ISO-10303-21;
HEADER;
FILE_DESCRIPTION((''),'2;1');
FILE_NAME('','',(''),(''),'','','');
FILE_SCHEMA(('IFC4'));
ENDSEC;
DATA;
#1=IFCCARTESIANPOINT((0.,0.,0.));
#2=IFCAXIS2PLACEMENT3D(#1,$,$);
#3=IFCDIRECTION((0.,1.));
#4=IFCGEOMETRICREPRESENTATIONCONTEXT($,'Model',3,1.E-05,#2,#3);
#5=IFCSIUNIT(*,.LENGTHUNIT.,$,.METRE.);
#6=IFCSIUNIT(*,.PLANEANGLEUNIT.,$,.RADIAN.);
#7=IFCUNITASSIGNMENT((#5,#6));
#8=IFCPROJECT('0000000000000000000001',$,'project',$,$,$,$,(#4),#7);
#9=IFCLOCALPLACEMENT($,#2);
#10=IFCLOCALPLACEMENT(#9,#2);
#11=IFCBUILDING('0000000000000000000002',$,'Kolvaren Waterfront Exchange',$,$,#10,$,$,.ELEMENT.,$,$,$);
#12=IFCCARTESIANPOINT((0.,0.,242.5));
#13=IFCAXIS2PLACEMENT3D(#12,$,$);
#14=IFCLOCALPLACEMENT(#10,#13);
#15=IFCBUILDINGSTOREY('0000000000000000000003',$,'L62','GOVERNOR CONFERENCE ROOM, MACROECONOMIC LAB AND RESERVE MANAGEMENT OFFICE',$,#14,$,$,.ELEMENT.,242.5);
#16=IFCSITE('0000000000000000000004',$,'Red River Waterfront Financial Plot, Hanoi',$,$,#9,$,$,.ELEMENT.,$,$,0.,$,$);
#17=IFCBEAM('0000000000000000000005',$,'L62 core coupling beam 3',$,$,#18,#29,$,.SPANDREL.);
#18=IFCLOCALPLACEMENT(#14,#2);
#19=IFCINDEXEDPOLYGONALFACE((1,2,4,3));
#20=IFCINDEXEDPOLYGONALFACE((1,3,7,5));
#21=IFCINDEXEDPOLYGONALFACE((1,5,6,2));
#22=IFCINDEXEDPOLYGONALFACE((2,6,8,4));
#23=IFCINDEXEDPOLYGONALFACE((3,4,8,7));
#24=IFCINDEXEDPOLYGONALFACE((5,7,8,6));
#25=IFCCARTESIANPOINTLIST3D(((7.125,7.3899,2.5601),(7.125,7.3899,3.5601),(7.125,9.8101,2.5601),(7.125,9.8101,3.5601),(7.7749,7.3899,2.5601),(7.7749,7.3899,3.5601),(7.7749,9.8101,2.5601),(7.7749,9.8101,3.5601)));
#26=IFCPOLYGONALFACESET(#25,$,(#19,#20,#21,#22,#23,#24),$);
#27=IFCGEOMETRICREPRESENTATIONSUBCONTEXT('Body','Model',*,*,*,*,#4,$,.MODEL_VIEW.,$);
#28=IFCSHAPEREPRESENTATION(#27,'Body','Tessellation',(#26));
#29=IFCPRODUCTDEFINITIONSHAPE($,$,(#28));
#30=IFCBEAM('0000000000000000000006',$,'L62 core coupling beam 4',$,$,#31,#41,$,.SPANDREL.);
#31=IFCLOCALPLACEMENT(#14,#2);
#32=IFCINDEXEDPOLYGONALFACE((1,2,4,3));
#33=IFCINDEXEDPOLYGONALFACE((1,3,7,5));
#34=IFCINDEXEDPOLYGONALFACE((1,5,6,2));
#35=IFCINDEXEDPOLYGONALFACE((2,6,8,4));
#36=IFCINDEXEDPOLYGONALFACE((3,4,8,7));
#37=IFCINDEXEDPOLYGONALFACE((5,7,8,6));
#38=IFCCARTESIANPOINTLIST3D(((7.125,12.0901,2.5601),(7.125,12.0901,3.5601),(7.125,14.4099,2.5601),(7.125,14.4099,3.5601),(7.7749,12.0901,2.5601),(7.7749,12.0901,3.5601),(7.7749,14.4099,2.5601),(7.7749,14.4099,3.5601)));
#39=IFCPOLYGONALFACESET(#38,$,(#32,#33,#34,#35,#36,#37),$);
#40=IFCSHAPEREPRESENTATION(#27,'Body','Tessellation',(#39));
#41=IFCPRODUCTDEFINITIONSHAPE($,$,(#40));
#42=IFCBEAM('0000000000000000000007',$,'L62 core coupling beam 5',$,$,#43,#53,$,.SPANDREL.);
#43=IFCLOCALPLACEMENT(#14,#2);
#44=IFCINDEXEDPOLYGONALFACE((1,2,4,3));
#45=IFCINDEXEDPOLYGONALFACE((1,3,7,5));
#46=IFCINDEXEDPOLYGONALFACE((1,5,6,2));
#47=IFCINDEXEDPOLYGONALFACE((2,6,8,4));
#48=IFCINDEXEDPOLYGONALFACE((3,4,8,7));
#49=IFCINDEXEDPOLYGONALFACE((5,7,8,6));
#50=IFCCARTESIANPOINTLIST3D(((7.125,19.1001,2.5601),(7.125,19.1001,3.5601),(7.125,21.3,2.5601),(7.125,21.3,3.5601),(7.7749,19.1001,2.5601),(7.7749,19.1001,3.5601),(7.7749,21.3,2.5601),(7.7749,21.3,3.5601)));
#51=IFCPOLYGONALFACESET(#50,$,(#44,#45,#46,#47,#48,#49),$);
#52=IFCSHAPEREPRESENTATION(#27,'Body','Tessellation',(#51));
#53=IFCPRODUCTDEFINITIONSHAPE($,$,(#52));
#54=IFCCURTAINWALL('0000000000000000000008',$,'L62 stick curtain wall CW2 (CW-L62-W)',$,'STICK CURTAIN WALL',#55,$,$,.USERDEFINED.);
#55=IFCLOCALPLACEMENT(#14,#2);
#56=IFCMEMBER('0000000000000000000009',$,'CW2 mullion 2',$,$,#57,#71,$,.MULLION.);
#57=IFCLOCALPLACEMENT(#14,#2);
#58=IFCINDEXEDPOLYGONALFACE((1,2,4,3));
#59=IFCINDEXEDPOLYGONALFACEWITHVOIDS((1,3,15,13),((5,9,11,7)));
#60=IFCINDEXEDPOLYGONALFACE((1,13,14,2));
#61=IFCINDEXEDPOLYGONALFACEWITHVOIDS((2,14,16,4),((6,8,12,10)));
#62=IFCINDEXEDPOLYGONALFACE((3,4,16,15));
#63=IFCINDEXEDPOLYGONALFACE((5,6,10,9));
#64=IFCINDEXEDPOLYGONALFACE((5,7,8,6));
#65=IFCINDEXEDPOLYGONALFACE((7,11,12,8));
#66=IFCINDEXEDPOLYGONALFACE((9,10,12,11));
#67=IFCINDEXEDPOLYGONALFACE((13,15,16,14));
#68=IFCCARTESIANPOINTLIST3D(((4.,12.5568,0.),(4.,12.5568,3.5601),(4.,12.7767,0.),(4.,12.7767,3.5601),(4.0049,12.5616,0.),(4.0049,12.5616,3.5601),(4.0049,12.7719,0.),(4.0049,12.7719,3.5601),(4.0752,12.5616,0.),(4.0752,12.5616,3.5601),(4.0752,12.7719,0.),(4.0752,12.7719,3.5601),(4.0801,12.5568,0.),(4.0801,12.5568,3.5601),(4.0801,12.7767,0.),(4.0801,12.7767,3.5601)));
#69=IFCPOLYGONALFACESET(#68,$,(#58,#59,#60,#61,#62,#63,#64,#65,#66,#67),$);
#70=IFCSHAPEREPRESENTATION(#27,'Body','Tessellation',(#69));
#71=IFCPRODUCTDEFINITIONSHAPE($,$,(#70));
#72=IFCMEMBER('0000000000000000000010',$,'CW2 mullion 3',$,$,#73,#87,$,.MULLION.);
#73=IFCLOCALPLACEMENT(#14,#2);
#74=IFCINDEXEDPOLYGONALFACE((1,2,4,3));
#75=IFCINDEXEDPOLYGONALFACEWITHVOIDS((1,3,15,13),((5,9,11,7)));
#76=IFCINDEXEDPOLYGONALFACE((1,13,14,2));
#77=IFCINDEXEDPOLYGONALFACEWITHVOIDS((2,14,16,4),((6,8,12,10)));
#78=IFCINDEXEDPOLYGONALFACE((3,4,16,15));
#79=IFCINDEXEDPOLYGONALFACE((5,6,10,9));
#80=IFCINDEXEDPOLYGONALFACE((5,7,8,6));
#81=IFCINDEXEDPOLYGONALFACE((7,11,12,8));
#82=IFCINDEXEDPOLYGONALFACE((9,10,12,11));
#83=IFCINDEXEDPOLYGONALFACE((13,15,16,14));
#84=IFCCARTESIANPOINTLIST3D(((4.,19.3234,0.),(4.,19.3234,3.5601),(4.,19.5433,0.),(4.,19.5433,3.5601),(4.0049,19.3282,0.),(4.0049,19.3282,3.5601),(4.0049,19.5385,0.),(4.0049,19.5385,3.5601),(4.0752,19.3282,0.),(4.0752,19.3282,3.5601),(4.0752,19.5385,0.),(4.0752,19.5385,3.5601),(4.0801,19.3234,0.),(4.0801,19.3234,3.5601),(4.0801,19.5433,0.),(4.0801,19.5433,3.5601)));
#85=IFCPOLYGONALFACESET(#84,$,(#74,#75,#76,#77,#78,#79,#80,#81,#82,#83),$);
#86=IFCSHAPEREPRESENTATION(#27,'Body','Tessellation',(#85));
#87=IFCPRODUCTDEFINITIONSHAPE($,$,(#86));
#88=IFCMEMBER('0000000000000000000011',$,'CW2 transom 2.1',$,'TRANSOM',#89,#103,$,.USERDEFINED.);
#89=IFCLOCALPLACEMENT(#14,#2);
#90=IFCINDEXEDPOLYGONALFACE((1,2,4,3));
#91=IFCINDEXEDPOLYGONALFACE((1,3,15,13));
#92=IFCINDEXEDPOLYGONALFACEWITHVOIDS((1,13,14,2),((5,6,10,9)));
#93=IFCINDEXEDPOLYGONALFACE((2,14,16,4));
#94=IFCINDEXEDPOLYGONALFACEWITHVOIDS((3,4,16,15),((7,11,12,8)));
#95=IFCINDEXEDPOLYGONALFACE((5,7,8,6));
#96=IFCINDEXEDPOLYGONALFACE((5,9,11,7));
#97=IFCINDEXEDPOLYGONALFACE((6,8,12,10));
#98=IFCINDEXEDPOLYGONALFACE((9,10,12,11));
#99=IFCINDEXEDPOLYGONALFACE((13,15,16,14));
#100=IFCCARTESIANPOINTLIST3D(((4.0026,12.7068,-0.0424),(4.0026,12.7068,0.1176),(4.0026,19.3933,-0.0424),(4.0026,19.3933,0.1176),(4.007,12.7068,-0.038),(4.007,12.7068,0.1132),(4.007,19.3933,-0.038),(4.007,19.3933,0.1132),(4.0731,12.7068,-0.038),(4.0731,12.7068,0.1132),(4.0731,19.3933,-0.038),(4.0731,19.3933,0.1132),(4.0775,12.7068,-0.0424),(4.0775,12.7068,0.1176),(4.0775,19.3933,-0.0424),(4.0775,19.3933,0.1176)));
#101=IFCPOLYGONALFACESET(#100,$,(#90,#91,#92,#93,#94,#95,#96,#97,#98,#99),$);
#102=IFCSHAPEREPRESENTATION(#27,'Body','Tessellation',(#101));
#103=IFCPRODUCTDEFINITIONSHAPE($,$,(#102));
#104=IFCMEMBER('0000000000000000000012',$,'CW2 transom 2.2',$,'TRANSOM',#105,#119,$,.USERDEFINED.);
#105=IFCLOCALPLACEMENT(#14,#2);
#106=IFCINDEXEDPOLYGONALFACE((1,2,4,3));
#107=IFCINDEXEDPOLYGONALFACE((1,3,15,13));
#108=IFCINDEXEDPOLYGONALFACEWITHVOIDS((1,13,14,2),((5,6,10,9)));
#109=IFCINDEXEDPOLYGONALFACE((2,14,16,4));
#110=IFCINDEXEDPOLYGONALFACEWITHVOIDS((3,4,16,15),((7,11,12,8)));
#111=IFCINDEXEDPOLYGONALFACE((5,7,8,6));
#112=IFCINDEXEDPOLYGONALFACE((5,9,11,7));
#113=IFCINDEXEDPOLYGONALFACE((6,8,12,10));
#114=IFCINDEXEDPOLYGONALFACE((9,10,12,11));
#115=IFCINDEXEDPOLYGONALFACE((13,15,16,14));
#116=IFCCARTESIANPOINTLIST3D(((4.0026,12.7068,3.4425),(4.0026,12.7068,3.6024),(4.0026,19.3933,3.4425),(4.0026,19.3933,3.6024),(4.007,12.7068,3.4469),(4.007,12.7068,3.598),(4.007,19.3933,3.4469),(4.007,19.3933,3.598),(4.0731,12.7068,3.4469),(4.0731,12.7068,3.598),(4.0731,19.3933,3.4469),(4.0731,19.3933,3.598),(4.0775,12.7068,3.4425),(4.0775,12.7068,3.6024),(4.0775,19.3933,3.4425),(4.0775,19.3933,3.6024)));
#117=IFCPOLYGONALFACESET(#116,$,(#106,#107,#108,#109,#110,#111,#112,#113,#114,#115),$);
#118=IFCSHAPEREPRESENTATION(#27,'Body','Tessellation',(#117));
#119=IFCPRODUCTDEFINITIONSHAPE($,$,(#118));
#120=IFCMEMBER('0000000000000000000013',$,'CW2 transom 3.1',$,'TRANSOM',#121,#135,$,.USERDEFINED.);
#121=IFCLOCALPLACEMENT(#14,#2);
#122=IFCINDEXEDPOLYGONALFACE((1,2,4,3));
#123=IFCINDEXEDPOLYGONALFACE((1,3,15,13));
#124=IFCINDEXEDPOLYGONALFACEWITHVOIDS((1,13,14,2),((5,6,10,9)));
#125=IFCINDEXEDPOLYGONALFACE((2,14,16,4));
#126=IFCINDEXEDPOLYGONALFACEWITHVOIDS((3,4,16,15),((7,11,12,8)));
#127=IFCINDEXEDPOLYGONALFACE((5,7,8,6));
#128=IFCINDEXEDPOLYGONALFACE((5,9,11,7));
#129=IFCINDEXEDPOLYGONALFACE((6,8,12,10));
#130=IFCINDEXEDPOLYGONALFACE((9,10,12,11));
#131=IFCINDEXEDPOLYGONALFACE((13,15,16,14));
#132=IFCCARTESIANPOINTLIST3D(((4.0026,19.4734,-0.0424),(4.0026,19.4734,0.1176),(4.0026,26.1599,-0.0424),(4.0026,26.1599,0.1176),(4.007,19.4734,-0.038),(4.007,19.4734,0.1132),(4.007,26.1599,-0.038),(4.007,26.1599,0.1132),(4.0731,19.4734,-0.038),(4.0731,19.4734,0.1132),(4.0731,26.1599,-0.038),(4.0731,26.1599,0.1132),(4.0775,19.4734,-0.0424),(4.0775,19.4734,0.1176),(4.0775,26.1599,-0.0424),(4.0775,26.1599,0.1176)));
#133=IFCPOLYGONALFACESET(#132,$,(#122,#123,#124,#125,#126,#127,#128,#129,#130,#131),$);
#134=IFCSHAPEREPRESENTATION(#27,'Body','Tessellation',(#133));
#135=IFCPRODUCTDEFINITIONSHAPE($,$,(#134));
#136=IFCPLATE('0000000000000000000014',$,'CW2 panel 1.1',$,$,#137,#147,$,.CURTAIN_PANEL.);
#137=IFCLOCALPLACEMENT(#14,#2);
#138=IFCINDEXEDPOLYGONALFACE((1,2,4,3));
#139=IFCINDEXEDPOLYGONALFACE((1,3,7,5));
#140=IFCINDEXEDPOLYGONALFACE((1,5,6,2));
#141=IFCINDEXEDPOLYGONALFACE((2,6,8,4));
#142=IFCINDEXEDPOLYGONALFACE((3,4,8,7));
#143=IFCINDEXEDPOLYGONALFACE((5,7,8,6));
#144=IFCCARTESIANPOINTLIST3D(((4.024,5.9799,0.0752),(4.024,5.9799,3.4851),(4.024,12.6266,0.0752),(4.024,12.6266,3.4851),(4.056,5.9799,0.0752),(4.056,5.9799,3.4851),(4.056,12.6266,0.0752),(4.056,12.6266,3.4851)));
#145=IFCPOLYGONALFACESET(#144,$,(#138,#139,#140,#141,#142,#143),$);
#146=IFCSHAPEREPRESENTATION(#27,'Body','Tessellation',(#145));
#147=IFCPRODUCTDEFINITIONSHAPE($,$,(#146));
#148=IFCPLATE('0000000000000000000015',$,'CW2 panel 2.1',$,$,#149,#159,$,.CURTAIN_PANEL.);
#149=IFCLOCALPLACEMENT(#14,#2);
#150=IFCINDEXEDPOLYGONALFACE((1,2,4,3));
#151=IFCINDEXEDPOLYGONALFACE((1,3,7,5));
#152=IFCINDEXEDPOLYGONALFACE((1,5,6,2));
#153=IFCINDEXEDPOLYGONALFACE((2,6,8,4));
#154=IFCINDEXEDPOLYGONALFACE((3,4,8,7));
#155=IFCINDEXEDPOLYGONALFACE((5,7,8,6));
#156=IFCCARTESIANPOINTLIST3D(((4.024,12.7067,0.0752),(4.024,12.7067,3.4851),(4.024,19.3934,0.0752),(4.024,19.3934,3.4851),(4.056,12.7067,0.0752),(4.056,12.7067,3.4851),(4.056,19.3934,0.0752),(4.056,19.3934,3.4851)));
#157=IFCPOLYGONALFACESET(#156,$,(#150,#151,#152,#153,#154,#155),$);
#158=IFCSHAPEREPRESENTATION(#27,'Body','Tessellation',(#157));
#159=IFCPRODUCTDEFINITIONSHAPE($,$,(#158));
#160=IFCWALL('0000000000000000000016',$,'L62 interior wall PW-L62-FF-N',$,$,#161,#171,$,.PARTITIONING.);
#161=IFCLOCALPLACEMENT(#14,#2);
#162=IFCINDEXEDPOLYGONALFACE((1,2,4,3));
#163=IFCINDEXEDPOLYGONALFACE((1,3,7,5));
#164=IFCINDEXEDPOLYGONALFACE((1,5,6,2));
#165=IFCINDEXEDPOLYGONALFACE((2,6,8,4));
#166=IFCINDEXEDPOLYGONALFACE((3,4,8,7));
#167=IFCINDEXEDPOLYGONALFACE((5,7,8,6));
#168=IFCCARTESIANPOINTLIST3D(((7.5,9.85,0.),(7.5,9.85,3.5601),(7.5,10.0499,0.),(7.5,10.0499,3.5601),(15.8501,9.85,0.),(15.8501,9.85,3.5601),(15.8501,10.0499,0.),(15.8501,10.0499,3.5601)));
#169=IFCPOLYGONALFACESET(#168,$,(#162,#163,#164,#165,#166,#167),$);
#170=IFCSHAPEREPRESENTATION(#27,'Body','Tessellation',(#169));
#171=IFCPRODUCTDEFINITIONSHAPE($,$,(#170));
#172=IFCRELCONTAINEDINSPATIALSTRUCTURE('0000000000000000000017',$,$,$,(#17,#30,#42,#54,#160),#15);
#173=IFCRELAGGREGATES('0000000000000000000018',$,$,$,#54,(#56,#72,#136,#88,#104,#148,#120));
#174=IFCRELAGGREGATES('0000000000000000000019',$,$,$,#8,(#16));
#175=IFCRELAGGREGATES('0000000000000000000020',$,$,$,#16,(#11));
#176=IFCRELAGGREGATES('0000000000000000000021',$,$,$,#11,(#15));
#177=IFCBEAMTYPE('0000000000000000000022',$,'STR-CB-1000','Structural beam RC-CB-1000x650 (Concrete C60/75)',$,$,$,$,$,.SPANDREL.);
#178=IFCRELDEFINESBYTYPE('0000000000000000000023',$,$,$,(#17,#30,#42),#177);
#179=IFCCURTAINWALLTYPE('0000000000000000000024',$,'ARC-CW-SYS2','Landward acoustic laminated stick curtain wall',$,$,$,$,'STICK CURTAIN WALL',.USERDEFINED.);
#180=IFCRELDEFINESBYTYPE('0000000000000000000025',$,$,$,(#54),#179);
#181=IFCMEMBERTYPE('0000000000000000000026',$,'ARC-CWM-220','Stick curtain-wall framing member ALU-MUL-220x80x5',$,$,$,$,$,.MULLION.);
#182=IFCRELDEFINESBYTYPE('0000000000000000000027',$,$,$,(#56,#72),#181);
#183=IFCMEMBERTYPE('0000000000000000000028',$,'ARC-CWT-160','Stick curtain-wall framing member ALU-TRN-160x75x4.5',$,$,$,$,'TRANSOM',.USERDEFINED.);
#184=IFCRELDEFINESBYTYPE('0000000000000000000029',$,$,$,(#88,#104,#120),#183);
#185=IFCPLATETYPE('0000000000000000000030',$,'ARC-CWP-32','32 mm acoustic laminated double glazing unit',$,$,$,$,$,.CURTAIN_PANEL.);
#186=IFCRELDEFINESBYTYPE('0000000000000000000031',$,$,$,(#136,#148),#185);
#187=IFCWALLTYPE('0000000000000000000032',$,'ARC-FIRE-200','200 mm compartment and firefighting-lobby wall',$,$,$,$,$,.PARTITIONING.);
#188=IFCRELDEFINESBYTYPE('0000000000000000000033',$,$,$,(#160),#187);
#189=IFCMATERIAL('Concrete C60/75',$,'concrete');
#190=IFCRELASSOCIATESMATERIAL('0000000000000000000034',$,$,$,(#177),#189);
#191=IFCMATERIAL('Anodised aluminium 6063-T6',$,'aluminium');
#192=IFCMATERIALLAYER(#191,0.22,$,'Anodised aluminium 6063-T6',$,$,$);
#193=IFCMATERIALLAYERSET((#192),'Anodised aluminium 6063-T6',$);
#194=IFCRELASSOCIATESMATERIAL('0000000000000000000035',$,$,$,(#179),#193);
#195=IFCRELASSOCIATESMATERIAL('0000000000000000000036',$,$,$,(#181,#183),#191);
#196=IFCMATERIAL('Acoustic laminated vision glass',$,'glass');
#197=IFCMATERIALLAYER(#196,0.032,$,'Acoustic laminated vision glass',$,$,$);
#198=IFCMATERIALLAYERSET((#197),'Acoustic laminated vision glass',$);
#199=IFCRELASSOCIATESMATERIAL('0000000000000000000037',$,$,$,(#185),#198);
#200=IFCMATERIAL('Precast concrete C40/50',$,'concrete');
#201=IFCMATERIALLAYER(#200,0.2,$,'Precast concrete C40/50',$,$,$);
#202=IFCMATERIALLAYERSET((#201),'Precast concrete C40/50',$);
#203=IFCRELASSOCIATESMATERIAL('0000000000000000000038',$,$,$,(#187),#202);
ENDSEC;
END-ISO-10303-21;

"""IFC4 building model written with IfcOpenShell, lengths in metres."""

from ifc_helpers import new_model, si_unit, direction, frame, frame_2d, origin, origin_with_axes, origin_2d, place, context, subcontext, project, spatial, rectangle, hollow_rectangle, extrude, source, transform, mapped, material, layer, layer_set, material_profile, profile_set, type_object, element, aggregate, save


model = new_model("IFC4")

# Units and contexts
model_context = context("Model", 3, precision=1e-05, world=origin(), true_north=direction((0.0, 1.0)))
body_context = subcontext(model_context, "Body", "Model", "MODEL_VIEW")
ifc_project = project(units=[si_unit("LENGTHUNIT", "METRE"), si_unit("PLANEANGLEUNIT", "RADIAN")], contexts=[model_context])

# Site, building, storey
site_placement = place(None, origin())
site = spatial("IfcSite", under=ifc_project, at=site_placement, Name="Red River Waterfront Financial Plot, Hanoi", CompositionType="ELEMENT", RefElevation=0.0)
building_placement = place(site_placement, origin())
building = spatial("IfcBuilding", under=site, at=building_placement, Name="Kolvaren Waterfront Exchange", CompositionType="ELEMENT")
storey_placement = place(building_placement, frame((0.0, 0.0, 242.5)))
storey = spatial("IfcBuildingStorey", under=building, at=storey_placement, Name="L62", Description="GOVERNOR CONFERENCE ROOM, MACROECONOMIC LAB AND RESERVE MANAGEMENT OFFICE", CompositionType="ELEMENT", Elevation=242.5)

# Beams
ifc_material_1 = material(Name="Concrete C60/75", Category="concrete")
ifc_material_profile_1 = material_profile(ifc_material_1, rectangle(XDim=0.6499, YDim=1.0, at=origin_2d()), Name="RC-CB-1000x650")
ifc_profile_set_1 = profile_set([ifc_material_profile_1], Name="Concrete C60/75")
beam_type = type_object("IfcBeamType", Name="STR-CB-1000", Description="Structural beam RC-CB-1000x650 (Concrete C60/75)", PredefinedType="SPANDREL", material=ifc_profile_set_1)
beam_1_placement = place(storey_placement, frame((7.45, 7.3899, 3.0601), z_axis=(0.0, 1.0, 0.0), x_axis=(-1.0, 0.0, 0.0)))
element("IfcBeam", 1, at=beam_1_placement, inside=storey, type_object=beam_type, Name="L62 core coupling beam 3", PredefinedType="SPANDREL", context=body_context, shape_type="SweptSolid", body=[
    extrude(rectangle(XDim=0.6499, YDim=1.0, at=origin_2d()), origin(), (0.0, 0.0, 1.0), 2.4202),
])
beam_2_placement = place(storey_placement, frame((7.45, 12.0901, 3.0601), z_axis=(0.0, 1.0, 0.0), x_axis=(-1.0, 0.0, 0.0)))
element("IfcBeam", 2, at=beam_2_placement, inside=storey, type_object=beam_type, Name="L62 core coupling beam 4", PredefinedType="SPANDREL", context=body_context, shape_type="SweptSolid", body=[
    extrude(rectangle(XDim=0.6499, YDim=1.0, at=origin_2d()), origin(), (0.0, 0.0, 1.0), 2.3198),
])
beam_3_placement = place(storey_placement, frame((7.45, 19.1001, 3.0601), z_axis=(0.0, 1.0, 0.0), x_axis=(-1.0, 0.0, 0.0)))
element("IfcBeam", 3, at=beam_3_placement, inside=storey, type_object=beam_type, Name="L62 core coupling beam 5", PredefinedType="SPANDREL", context=body_context, shape_type="SweptSolid", body=[
    extrude(rectangle(XDim=0.6499, YDim=1.0, at=origin_2d()), origin(), (0.0, 0.0, 1.0), 2.2),
])

# Curtain wall, members, plates
ifc_material_2 = material(Name="Anodised aluminium 6063-T6", Category="aluminium")
ifc_layer_1 = layer(ifc_material_2, 0.22, Name="Anodised aluminium 6063-T6")
ifc_layer_set_1 = layer_set([ifc_layer_1], Name="Anodised aluminium 6063-T6")
curtain_wall_type = type_object("IfcCurtainWallType", Name="ARC-CW-SYS2", Description="Landward acoustic laminated stick curtain wall", ElementType="STICK CURTAIN WALL", PredefinedType="USERDEFINED", material=ifc_layer_set_1)
curtain_wall_placement = place(storey_placement, origin())
curtain_wall = element("IfcCurtainWall", 4, at=curtain_wall_placement, inside=storey, type_object=curtain_wall_type, Name="L62 stick curtain wall CW2 (CW-L62-W)", ObjectType="STICK CURTAIN WALL", PredefinedType="USERDEFINED")
ifc_material_profile_2 = material_profile(ifc_material_2, hollow_rectangle(XDim=0.0801, YDim=0.22, WallThickness=0.0049, at=origin_2d()), Name="ALU-MUL-220x80x5")
ifc_profile_set_2 = profile_set([ifc_material_profile_2], Name="Anodised aluminium 6063-T6")
member_type_1 = type_object("IfcMemberType", Name="ARC-CWM-220", Description="Stick curtain-wall framing member ALU-MUL-220x80x5", PredefinedType="MULLION", material=ifc_profile_set_2)
shared_shape_1 = source(origin_with_axes(), body_context, "Body", "SweptSolid", [
    extrude(hollow_rectangle(XDim=0.0801, YDim=0.22, WallThickness=0.0049, at=origin_2d()), origin(), (0.0, 0.0, 1.0), 3.5601),
])
member_1_placement = place(storey_placement, frame((4.04, 12.6667, 0.0), z_axis=(0.0, 0.0, 1.0), x_axis=(-1.0, 0.0, 0.0)))
member_1 = element("IfcMember", 5, at=member_1_placement, type_object=member_type_1, Name="CW2 mullion 2", PredefinedType="MULLION", context=body_context, shape_type="MappedRepresentation", body=[
    mapped(shared_shape_1, transform((0.0, 0.0, 0.0), x_axis=(1.0, 0.0, 0.0), y_axis=(0.0, 1.0, 0.0), z_axis=(0.0, 0.0, 1.0), scale=1.0)),
])
member_2_placement = place(storey_placement, frame((4.04, 19.4333, 0.0), z_axis=(0.0, 0.0, 1.0), x_axis=(-1.0, 0.0, 0.0)))
member_2 = element("IfcMember", 6, at=member_2_placement, type_object=member_type_1, Name="CW2 mullion 3", PredefinedType="MULLION", context=body_context, shape_type="MappedRepresentation", body=[
    mapped(shared_shape_1, transform((0.0, 0.0, 0.0), x_axis=(1.0, 0.0, 0.0), y_axis=(0.0, 1.0, 0.0), z_axis=(0.0, 0.0, 1.0), scale=1.0)),
])
ifc_material_profile_3 = material_profile(ifc_material_2, hollow_rectangle(XDim=0.075, YDim=0.1599, WallThickness=0.0044, at=origin_2d()), Name="ALU-TRN-160x75x4.5")
ifc_profile_set_3 = profile_set([ifc_material_profile_3], Name="Anodised aluminium 6063-T6")
member_type_2 = type_object("IfcMemberType", Name="ARC-CWT-160", Description="Stick curtain-wall framing member ALU-TRN-160x75x4.5", ElementType="TRANSOM", PredefinedType="USERDEFINED", material=ifc_profile_set_3)
shared_shape_2 = source(origin_with_axes(), body_context, "Body", "SweptSolid", [
    extrude(hollow_rectangle(XDim=0.075, YDim=0.1599, WallThickness=0.0044, at=origin_2d()), origin(), (0.0, 0.0, 1.0), 6.6865),
])
member_3_placement = place(storey_placement, frame((4.04, 12.7068, 0.0376), z_axis=(0.0, 1.0, 0.0), x_axis=(-1.0, 0.0, 0.0)))
member_3 = element("IfcMember", 7, at=member_3_placement, type_object=member_type_2, Name="CW2 transom 2.1", ObjectType="TRANSOM", PredefinedType="USERDEFINED", context=body_context, shape_type="MappedRepresentation", body=[
    mapped(shared_shape_2, transform((0.0, 0.0, 0.0), x_axis=(1.0, 0.0, 0.0), y_axis=(0.0, 1.0, 0.0), z_axis=(0.0, 0.0, 1.0), scale=1.0)),
])
member_4_placement = place(storey_placement, frame((4.04, 12.7068, 3.5225), z_axis=(0.0, 1.0, 0.0), x_axis=(-1.0, 0.0, 0.0)))
member_4 = element("IfcMember", 8, at=member_4_placement, type_object=member_type_2, Name="CW2 transom 2.2", ObjectType="TRANSOM", PredefinedType="USERDEFINED", context=body_context, shape_type="MappedRepresentation", body=[
    mapped(shared_shape_2, transform((0.0, 0.0, 0.0), x_axis=(1.0, 0.0, 0.0), y_axis=(0.0, 1.0, 0.0), z_axis=(0.0, 0.0, 1.0), scale=1.0)),
])
member_5_placement = place(storey_placement, frame((4.04, 19.4734, 0.0376), z_axis=(0.0, 1.0, 0.0), x_axis=(-1.0, 0.0, 0.0)))
member_5 = element("IfcMember", 9, at=member_5_placement, type_object=member_type_2, Name="CW2 transom 3.1", ObjectType="TRANSOM", PredefinedType="USERDEFINED", context=body_context, shape_type="MappedRepresentation", body=[
    mapped(shared_shape_2, transform((0.0, 0.0, 0.0), x_axis=(1.0, 0.0, 0.0), y_axis=(0.0, 1.0, 0.0), z_axis=(0.0, 0.0, 1.0), scale=1.0)),
])
ifc_material_3 = material(Name="Acoustic laminated vision glass", Category="glass")
ifc_layer_2 = layer(ifc_material_3, 0.032, Name="Acoustic laminated vision glass")
ifc_layer_set_2 = layer_set([ifc_layer_2], Name="Acoustic laminated vision glass")
plate_type = type_object("IfcPlateType", Name="ARC-CWP-32", Description="32 mm acoustic laminated double glazing unit", PredefinedType="CURTAIN_PANEL", material=ifc_layer_set_2)
shared_shape_3 = source(origin_with_axes(), body_context, "Body", "SweptSolid", [
    extrude(rectangle(XDim=6.6467, YDim=0.032, at=origin_2d()), origin(), (0.0, 0.0, 1.0), 3.4099),
])
plate_1_placement = place(storey_placement, frame((4.04, 9.3032, 0.0752), z_axis=(0.0, 0.0, 1.0), x_axis=(0.0, 1.0, 0.0)))
plate_1 = element("IfcPlate", 10, at=plate_1_placement, type_object=plate_type, Name="CW2 panel 1.1", PredefinedType="CURTAIN_PANEL", context=body_context, shape_type="MappedRepresentation", body=[
    mapped(shared_shape_3, transform((0.0, 0.0, 0.0), x_axis=(1.0, 0.0, 0.0), y_axis=(0.0, 1.0, 0.0), z_axis=(0.0, 0.0, 1.0), scale=1.0)),
])
shared_shape_4 = source(origin_with_axes(), body_context, "Body", "SweptSolid", [
    extrude(rectangle(XDim=6.6868, YDim=0.032, at=origin_2d()), origin(), (0.0, 0.0, 1.0), 3.4099),
])
plate_2_placement = place(storey_placement, frame((4.04, 16.05, 0.0752), z_axis=(0.0, 0.0, 1.0), x_axis=(0.0, 1.0, 0.0)))
plate_2 = element("IfcPlate", 11, at=plate_2_placement, type_object=plate_type, Name="CW2 panel 2.1", PredefinedType="CURTAIN_PANEL", context=body_context, shape_type="MappedRepresentation", body=[
    mapped(shared_shape_4, transform((0.0, 0.0, 0.0), x_axis=(1.0, 0.0, 0.0), y_axis=(0.0, 1.0, 0.0), z_axis=(0.0, 0.0, 1.0), scale=1.0)),
])
aggregate(curtain_wall, [member_1, member_2, plate_1, member_3, member_4, plate_2, member_5])

# Wall
ifc_material_4 = material(Name="Precast concrete C40/50", Category="concrete")
ifc_layer_3 = layer(ifc_material_4, 0.2, Name="Precast concrete C40/50")
ifc_layer_set_3 = layer_set([ifc_layer_3], Name="Precast concrete C40/50")
wall_type_1 = type_object("IfcWallType", Name="ARC-FIRE-200", Description="200 mm compartment and firefighting-lobby wall", PredefinedType="PARTITIONING", material=ifc_layer_set_3)
wall_1_placement = place(storey_placement, frame((7.5, 9.95, 0.0), z_axis=(0.0, 0.0, 1.0), x_axis=(1.0, 0.0, 0.0)))
element("IfcWall", 12, at=wall_1_placement, inside=storey, type_object=wall_type_1, Name="L62 interior wall PW-L62-FF-N", PredefinedType="PARTITIONING", context=body_context, shape_type="SweptSolid", body=[
    extrude(rectangle(XDim=8.3501, YDim=0.2, at=frame_2d((4.175, 0.0))), origin(), (0.0, 0.0, 1.0), 3.5601),
])

save(model, "model.ifc")
